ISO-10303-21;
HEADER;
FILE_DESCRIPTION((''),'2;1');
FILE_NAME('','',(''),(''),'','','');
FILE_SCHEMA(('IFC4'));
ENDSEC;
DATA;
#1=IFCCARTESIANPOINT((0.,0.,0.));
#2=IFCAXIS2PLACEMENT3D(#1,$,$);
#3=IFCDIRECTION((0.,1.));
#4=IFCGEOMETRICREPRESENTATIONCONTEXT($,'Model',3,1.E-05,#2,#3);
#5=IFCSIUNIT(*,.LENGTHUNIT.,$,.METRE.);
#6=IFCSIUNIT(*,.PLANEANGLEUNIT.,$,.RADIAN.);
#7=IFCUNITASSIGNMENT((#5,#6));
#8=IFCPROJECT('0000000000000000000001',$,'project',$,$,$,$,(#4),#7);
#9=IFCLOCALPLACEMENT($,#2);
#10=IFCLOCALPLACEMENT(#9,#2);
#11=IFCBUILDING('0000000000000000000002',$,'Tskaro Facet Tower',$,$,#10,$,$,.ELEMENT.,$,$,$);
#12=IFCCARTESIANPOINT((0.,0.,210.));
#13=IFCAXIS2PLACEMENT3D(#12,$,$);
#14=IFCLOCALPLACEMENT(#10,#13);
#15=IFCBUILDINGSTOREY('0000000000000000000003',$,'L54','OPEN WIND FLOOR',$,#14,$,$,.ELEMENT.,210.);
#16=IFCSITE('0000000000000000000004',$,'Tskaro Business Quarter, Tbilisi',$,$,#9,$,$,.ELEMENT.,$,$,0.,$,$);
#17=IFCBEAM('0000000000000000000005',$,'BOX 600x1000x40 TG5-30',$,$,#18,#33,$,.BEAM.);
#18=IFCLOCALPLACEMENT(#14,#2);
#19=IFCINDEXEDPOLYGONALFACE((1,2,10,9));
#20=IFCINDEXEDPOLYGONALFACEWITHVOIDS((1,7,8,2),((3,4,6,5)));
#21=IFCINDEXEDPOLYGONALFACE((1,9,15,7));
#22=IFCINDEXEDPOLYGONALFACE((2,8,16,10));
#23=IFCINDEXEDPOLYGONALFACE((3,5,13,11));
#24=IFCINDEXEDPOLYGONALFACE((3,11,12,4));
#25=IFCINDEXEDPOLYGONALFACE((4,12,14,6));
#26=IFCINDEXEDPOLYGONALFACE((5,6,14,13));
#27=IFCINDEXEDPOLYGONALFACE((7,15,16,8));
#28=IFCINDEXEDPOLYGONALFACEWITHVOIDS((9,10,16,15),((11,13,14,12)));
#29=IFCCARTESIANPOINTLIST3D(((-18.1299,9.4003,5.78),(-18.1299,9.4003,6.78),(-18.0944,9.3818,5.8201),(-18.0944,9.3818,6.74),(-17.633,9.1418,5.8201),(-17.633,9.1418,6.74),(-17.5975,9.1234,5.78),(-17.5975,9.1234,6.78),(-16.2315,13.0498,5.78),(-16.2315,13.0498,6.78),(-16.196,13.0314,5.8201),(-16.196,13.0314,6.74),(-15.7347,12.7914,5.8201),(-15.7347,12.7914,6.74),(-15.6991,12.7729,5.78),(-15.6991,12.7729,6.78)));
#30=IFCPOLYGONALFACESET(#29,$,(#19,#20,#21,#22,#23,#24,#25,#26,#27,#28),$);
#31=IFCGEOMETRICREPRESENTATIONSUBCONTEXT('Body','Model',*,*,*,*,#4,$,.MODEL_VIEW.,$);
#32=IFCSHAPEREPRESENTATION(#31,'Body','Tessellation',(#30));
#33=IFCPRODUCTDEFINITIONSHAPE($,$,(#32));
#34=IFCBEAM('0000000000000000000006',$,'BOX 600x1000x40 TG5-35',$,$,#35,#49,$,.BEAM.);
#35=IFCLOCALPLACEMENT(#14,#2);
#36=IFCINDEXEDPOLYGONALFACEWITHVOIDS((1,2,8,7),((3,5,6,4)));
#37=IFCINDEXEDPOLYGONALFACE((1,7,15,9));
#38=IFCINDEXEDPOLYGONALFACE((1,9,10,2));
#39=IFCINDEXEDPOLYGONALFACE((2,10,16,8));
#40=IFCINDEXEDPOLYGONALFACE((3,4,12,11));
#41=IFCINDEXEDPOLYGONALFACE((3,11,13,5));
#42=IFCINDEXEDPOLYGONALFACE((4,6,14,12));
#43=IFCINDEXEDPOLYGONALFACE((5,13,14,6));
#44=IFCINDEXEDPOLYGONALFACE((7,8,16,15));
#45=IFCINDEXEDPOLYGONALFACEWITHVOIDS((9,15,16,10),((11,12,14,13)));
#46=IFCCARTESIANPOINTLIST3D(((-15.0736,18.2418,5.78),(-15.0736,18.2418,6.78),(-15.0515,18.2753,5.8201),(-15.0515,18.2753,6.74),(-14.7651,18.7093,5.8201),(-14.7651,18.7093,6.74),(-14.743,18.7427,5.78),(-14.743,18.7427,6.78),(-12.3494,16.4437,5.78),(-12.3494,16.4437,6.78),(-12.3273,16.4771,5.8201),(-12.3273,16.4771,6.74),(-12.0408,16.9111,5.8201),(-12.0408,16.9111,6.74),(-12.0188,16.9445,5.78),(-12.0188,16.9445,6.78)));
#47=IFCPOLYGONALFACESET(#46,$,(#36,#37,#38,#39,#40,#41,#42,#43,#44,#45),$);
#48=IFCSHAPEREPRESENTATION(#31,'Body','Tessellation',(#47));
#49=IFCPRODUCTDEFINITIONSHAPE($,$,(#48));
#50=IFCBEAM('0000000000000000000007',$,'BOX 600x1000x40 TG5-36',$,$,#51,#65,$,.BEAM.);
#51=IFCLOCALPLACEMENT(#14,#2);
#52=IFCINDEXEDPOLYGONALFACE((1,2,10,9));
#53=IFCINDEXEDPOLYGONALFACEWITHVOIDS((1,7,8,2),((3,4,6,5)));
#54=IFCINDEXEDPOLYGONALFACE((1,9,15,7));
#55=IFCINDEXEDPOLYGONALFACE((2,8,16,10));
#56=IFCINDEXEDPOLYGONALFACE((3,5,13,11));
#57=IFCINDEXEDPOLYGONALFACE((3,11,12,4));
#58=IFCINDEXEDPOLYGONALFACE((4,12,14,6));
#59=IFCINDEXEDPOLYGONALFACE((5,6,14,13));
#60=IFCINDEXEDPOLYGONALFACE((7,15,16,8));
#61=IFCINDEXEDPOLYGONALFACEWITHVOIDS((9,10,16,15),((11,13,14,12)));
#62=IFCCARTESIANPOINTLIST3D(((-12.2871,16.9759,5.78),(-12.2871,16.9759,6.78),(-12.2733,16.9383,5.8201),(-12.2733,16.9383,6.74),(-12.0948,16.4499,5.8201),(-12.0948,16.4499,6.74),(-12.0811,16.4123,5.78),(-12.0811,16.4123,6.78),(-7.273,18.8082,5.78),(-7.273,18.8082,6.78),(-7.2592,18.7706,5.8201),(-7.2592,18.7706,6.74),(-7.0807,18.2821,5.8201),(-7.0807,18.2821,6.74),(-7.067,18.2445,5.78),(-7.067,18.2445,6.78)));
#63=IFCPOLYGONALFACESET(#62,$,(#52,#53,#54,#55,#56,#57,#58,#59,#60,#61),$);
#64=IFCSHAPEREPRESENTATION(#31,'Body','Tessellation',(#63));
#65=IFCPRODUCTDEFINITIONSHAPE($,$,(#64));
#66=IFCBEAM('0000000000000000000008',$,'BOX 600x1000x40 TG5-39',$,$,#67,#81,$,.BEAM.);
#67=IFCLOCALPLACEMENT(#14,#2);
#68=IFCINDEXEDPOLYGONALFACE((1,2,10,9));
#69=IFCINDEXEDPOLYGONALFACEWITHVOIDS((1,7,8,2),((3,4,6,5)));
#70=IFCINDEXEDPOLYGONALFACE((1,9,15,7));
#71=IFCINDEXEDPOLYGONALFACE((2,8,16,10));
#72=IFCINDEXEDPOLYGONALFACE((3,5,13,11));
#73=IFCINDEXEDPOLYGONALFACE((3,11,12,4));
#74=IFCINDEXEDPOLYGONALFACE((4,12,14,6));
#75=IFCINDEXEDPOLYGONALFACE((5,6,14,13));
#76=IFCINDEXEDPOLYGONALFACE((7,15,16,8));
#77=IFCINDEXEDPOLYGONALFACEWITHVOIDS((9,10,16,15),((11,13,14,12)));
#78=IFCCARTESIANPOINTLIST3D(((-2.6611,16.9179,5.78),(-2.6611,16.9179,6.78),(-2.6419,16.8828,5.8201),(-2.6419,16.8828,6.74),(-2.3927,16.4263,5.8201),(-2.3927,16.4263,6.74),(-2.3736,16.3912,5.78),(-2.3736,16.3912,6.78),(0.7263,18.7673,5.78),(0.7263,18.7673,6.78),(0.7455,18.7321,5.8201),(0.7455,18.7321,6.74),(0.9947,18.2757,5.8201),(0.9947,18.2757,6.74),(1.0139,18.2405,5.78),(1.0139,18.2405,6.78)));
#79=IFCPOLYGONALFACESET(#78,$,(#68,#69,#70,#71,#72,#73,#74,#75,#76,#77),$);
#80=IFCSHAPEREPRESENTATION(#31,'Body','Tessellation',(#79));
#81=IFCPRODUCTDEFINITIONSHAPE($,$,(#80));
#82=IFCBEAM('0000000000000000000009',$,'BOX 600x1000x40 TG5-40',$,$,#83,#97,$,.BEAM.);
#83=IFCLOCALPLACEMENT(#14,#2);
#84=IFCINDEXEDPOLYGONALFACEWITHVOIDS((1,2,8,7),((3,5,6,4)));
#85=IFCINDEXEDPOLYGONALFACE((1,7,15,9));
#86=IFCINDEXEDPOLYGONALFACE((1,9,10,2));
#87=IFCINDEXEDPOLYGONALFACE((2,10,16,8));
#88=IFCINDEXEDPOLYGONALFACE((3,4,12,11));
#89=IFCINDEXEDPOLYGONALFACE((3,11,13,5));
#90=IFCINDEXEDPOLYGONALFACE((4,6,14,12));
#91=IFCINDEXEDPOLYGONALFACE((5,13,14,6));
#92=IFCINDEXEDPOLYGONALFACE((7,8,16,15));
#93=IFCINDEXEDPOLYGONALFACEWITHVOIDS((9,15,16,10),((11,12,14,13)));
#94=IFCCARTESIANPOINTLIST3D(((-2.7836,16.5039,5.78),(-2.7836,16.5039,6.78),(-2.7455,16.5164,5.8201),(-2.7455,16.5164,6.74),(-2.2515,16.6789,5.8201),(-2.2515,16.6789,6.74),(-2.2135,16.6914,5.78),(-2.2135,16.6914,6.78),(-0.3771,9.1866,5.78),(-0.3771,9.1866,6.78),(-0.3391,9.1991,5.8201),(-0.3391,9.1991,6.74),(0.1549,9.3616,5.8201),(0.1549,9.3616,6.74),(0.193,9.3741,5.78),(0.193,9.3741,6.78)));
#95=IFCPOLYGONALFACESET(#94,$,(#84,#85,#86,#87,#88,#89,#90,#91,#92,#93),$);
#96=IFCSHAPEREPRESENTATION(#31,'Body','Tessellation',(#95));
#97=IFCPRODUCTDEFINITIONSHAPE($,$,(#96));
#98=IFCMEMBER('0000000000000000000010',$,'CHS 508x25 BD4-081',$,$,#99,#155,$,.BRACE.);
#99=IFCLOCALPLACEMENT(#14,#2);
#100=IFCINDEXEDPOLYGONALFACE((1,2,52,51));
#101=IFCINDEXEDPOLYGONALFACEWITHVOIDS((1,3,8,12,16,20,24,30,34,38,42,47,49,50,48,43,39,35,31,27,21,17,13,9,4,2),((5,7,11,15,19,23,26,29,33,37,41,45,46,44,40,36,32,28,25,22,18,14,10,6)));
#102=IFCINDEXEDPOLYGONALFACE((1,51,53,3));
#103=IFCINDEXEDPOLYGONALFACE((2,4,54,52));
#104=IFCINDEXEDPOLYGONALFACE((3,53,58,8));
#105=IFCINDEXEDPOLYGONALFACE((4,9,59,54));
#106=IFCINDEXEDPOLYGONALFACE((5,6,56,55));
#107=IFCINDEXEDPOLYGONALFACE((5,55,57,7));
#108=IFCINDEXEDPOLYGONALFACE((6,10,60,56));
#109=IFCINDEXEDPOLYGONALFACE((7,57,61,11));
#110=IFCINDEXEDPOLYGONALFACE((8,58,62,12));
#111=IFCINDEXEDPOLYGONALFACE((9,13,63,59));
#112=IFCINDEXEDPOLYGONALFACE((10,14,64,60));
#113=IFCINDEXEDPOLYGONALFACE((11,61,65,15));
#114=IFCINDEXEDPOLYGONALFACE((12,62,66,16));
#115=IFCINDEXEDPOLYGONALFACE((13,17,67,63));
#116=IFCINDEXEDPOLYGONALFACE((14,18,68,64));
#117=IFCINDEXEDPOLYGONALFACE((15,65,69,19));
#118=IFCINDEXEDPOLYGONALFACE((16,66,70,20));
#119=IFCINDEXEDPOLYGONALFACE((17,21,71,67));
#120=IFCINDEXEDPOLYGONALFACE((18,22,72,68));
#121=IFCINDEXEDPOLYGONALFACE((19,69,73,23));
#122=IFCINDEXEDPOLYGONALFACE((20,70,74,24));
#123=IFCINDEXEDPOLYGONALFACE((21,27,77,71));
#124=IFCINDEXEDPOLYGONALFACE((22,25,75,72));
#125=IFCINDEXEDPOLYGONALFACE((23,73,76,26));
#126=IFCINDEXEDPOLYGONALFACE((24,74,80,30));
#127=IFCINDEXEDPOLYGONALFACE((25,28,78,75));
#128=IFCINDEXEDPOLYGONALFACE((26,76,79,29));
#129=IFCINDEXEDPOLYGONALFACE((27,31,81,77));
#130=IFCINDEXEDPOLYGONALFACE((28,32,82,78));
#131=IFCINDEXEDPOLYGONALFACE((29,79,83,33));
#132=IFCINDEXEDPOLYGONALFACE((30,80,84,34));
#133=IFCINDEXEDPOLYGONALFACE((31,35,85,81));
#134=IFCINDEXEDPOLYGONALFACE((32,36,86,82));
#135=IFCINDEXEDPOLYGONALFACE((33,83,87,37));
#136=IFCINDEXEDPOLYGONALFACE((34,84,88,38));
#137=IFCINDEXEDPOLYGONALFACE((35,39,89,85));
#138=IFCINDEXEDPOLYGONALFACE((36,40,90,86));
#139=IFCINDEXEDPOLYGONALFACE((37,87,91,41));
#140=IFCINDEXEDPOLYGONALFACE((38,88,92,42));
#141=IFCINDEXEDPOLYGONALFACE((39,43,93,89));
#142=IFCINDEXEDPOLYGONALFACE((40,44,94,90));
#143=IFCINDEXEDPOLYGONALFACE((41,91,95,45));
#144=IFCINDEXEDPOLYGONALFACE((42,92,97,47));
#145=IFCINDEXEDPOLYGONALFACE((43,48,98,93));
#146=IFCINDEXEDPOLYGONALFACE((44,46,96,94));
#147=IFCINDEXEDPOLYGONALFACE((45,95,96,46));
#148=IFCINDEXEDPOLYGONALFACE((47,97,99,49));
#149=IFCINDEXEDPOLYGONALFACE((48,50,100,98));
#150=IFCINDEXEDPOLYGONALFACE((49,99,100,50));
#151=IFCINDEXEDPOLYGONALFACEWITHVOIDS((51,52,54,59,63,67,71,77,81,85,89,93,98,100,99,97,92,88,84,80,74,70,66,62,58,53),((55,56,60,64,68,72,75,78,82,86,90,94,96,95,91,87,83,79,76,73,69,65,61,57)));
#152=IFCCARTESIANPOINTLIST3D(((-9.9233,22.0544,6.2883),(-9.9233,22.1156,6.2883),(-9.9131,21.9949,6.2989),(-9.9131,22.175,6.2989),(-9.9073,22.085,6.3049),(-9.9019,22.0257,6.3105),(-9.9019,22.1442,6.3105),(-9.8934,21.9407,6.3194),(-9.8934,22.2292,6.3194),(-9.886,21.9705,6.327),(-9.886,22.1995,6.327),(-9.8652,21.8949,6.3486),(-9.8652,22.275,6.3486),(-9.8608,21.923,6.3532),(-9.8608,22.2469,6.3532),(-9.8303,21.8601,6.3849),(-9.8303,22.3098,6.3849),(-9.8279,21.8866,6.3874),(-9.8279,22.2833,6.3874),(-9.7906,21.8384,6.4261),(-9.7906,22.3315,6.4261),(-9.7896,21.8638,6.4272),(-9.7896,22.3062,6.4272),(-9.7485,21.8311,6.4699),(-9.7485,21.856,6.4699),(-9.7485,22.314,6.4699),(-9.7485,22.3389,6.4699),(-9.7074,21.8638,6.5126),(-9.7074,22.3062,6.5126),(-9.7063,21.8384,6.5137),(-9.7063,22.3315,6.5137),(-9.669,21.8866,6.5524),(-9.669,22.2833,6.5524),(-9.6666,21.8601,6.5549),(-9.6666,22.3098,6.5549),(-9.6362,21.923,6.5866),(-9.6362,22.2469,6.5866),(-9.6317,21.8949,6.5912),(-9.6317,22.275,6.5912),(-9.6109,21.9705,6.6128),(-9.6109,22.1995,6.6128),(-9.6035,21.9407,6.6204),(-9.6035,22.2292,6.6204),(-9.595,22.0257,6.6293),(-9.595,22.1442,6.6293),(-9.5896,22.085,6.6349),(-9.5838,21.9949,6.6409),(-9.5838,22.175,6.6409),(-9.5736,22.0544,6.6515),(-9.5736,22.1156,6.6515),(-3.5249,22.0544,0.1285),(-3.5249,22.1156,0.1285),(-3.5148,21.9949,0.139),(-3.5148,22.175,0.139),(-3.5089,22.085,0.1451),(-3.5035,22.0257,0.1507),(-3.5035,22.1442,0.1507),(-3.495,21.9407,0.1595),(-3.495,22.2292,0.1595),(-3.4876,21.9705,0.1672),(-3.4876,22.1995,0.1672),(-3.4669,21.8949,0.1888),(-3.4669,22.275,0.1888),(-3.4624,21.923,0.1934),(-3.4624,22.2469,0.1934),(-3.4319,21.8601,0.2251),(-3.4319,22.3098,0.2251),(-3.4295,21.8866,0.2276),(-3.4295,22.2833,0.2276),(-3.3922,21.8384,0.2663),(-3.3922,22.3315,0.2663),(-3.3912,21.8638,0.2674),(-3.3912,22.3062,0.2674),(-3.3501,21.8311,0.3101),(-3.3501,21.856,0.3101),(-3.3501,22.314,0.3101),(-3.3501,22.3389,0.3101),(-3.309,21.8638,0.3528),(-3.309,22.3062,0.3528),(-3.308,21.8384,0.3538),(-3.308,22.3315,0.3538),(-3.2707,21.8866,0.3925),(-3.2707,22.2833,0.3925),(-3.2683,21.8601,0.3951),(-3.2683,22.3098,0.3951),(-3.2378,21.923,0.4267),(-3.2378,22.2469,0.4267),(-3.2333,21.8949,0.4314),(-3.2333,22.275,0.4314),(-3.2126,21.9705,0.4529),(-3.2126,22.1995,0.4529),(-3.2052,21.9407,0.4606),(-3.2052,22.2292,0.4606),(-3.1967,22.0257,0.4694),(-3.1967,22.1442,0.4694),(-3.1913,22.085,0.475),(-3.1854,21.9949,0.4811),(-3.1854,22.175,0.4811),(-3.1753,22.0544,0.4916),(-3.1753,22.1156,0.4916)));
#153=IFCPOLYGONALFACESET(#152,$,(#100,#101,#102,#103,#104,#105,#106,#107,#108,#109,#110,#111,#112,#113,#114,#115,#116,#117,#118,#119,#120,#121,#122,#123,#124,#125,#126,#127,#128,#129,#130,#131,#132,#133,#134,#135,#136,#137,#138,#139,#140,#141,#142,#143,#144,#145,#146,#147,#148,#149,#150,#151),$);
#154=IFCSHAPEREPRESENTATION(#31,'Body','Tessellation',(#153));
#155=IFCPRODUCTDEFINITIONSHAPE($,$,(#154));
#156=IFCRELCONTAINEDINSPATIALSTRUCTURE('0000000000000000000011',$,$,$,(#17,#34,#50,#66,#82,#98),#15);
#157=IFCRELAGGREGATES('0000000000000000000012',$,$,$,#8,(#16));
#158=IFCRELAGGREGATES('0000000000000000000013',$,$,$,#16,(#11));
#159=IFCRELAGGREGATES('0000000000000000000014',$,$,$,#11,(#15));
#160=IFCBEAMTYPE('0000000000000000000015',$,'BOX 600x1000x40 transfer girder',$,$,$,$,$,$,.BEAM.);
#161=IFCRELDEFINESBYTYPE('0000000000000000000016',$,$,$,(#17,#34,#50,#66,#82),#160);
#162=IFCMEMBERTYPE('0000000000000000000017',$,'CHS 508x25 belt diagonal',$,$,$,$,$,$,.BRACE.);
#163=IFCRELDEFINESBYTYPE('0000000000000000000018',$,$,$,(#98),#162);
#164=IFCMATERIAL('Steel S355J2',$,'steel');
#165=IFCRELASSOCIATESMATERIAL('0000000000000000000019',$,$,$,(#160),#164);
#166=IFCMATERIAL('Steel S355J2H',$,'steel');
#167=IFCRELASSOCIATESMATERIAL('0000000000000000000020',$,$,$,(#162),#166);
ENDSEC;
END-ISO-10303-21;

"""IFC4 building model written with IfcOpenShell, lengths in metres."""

from ifc_helpers import new_model, si_unit, direction, frame, origin, origin_2d, place, context, subcontext, project, spatial, hollow_rectangle, hollow_circle, extrude, material, material_profile, profile_set, type_object, element, save


model = new_model("IFC4")

# Units and contexts
model_context = context("Model", 3, precision=1e-05, world=origin(), true_north=direction((0.0, 1.0)))
body_context = subcontext(model_context, "Body", "Model", "MODEL_VIEW")
ifc_project = project(units=[si_unit("LENGTHUNIT", "METRE"), si_unit("PLANEANGLEUNIT", "RADIAN")], contexts=[model_context])

# Site, building, storey
site_placement = place(None, origin())
site = spatial("IfcSite", under=ifc_project, at=site_placement, Name="Tskaro Business Quarter, Tbilisi", CompositionType="ELEMENT", RefElevation=0.0)
building_placement = place(site_placement, origin())
building = spatial("IfcBuilding", under=site, at=building_placement, Name="Tskaro Facet Tower", CompositionType="ELEMENT")
storey_placement = place(building_placement, frame((0.0, 0.0, 210.0)))
storey = spatial("IfcBuildingStorey", under=building, at=storey_placement, Name="L54", Description="OPEN WIND FLOOR", CompositionType="ELEMENT", Elevation=210.0)

# Shared definitions
ifc_material_1 = material(Name="Steel S355J2H", Category="steel")

# Beams
ifc_material_2 = material(Name="Steel S355J2", Category="steel")
ifc_material_profile_1 = material_profile(ifc_material_2, hollow_rectangle(XDim=0.6001, YDim=1.0, WallThickness=0.04, at=origin_2d()), Name="BOX 600x1000x40")
ifc_profile_set_1 = profile_set([ifc_material_profile_1], Name="Steel S355J2")
beam_type_1 = type_object("IfcBeamType", Name="BOX 600x1000x40 transfer girder", PredefinedType="BEAM", material=ifc_profile_set_1)
beam_1_placement = place(storey_placement, frame((-15.9653, 12.9114, 6.28), z_axis=(-0.46147, -0.887156, 0.0), x_axis=(0.887156, -0.46147, 0.0)))
element("IfcBeam", 1, at=beam_1_placement, inside=storey, type_object=beam_type_1, Name="BOX 600x1000x40 TG5-30", PredefinedType="BEAM", context=body_context, shape_type="SweptSolid", body=[
    extrude(hollow_rectangle(XDim=0.6001, YDim=1.0, WallThickness=0.04, at=origin_2d()), origin(), (0.0, 0.0, 1.0), 4.1138),
])
beam_2_placement = place(storey_placement, frame((-12.1841, 16.6941, 6.28), z_axis=(-0.834585, 0.55088, 0.0), x_axis=(-0.55088, -0.834585, 0.0)))
element("IfcBeam", 2, at=beam_2_placement, inside=storey, type_object=beam_type_1, Name="BOX 600x1000x40 TG5-35", PredefinedType="BEAM", context=body_context, shape_type="SweptSolid", body=[
    extrude(hollow_rectangle(XDim=0.6001, YDim=1.0, WallThickness=0.04, at=origin_2d()), origin(), (0.0, 0.0, 1.0), 3.2642),
])
beam_3_placement = place(storey_placement, frame((-12.1841, 16.6941, 6.28), z_axis=(0.939254, 0.343222, 0.0), x_axis=(-0.343222, 0.939254, 0.0)))
element("IfcBeam", 3, at=beam_3_placement, inside=storey, type_object=beam_type_1, Name="BOX 600x1000x40 TG5-36", PredefinedType="BEAM", context=body_context, shape_type="SweptSolid", body=[
    extrude(hollow_rectangle(XDim=0.6001, YDim=1.0, WallThickness=0.04, at=origin_2d()), origin(), (0.0, 0.0, 1.0), 5.3384),
])
beam_4_placement = place(storey_placement, frame((-2.5173, 16.6545, 6.28), z_axis=(0.877714, 0.479185, 0.0), x_axis=(-0.479185, 0.877714, 0.0)))
element("IfcBeam", 4, at=beam_4_placement, inside=storey, type_object=beam_type_1, Name="BOX 600x1000x40 TG5-39", PredefinedType="BEAM", context=body_context, shape_type="SweptSolid", body=[
    extrude(hollow_rectangle(XDim=0.6001, YDim=1.0, WallThickness=0.04, at=origin_2d()), origin(), (0.0, 0.0, 1.0), 3.8594),
])
beam_5_placement = place(storey_placement, frame((-2.4985, 16.5977, 6.28), z_axis=(0.312412, -0.949947, 0.0), x_axis=(0.949947, 0.312412, 0.0)))
element("IfcBeam", 5, at=beam_5_placement, inside=storey, type_object=beam_type_1, Name="BOX 600x1000x40 TG5-40", PredefinedType="BEAM", context=body_context, shape_type="SweptSolid", body=[
    extrude(hollow_rectangle(XDim=0.6001, YDim=1.0, WallThickness=0.04, at=origin_2d()), origin(), (0.0, 0.0, 1.0), 7.7029),
])

# Member
ifc_material_profile_2 = material_profile(ifc_material_1, hollow_circle(Radius=0.2539, WallThickness=0.0249, at=origin_2d()), Name="CHS 508x25")
ifc_profile_set_2 = profile_set([ifc_material_profile_2], Name="Steel S355J2H")
member_type_1 = type_object("IfcMemberType", Name="CHS 508x25 belt diagonal", PredefinedType="BRACE", material=ifc_profile_set_2)
for number, where, z_axis, x_axis, name in (
    (6, (-3.3501, 22.085, 0.3101), (-0.720407, 0.0, 0.693551), (0.0, -1.0, 0.0), "CHS 508x25 BD4-081"),
):
    element("IfcMember", number, at=place(storey_placement, frame(where, z_axis=z_axis, x_axis=x_axis)), inside=storey, type_object=member_type_1, Name=name, PredefinedType="BRACE", context=body_context, shape_type="SweptSolid", body=[
        extrude(hollow_circle(Radius=0.2539, WallThickness=0.0249, at=origin_2d()), origin(), (0.0, 0.0, 1.0), 8.8816),
    ])

save(model, "model.ifc")
